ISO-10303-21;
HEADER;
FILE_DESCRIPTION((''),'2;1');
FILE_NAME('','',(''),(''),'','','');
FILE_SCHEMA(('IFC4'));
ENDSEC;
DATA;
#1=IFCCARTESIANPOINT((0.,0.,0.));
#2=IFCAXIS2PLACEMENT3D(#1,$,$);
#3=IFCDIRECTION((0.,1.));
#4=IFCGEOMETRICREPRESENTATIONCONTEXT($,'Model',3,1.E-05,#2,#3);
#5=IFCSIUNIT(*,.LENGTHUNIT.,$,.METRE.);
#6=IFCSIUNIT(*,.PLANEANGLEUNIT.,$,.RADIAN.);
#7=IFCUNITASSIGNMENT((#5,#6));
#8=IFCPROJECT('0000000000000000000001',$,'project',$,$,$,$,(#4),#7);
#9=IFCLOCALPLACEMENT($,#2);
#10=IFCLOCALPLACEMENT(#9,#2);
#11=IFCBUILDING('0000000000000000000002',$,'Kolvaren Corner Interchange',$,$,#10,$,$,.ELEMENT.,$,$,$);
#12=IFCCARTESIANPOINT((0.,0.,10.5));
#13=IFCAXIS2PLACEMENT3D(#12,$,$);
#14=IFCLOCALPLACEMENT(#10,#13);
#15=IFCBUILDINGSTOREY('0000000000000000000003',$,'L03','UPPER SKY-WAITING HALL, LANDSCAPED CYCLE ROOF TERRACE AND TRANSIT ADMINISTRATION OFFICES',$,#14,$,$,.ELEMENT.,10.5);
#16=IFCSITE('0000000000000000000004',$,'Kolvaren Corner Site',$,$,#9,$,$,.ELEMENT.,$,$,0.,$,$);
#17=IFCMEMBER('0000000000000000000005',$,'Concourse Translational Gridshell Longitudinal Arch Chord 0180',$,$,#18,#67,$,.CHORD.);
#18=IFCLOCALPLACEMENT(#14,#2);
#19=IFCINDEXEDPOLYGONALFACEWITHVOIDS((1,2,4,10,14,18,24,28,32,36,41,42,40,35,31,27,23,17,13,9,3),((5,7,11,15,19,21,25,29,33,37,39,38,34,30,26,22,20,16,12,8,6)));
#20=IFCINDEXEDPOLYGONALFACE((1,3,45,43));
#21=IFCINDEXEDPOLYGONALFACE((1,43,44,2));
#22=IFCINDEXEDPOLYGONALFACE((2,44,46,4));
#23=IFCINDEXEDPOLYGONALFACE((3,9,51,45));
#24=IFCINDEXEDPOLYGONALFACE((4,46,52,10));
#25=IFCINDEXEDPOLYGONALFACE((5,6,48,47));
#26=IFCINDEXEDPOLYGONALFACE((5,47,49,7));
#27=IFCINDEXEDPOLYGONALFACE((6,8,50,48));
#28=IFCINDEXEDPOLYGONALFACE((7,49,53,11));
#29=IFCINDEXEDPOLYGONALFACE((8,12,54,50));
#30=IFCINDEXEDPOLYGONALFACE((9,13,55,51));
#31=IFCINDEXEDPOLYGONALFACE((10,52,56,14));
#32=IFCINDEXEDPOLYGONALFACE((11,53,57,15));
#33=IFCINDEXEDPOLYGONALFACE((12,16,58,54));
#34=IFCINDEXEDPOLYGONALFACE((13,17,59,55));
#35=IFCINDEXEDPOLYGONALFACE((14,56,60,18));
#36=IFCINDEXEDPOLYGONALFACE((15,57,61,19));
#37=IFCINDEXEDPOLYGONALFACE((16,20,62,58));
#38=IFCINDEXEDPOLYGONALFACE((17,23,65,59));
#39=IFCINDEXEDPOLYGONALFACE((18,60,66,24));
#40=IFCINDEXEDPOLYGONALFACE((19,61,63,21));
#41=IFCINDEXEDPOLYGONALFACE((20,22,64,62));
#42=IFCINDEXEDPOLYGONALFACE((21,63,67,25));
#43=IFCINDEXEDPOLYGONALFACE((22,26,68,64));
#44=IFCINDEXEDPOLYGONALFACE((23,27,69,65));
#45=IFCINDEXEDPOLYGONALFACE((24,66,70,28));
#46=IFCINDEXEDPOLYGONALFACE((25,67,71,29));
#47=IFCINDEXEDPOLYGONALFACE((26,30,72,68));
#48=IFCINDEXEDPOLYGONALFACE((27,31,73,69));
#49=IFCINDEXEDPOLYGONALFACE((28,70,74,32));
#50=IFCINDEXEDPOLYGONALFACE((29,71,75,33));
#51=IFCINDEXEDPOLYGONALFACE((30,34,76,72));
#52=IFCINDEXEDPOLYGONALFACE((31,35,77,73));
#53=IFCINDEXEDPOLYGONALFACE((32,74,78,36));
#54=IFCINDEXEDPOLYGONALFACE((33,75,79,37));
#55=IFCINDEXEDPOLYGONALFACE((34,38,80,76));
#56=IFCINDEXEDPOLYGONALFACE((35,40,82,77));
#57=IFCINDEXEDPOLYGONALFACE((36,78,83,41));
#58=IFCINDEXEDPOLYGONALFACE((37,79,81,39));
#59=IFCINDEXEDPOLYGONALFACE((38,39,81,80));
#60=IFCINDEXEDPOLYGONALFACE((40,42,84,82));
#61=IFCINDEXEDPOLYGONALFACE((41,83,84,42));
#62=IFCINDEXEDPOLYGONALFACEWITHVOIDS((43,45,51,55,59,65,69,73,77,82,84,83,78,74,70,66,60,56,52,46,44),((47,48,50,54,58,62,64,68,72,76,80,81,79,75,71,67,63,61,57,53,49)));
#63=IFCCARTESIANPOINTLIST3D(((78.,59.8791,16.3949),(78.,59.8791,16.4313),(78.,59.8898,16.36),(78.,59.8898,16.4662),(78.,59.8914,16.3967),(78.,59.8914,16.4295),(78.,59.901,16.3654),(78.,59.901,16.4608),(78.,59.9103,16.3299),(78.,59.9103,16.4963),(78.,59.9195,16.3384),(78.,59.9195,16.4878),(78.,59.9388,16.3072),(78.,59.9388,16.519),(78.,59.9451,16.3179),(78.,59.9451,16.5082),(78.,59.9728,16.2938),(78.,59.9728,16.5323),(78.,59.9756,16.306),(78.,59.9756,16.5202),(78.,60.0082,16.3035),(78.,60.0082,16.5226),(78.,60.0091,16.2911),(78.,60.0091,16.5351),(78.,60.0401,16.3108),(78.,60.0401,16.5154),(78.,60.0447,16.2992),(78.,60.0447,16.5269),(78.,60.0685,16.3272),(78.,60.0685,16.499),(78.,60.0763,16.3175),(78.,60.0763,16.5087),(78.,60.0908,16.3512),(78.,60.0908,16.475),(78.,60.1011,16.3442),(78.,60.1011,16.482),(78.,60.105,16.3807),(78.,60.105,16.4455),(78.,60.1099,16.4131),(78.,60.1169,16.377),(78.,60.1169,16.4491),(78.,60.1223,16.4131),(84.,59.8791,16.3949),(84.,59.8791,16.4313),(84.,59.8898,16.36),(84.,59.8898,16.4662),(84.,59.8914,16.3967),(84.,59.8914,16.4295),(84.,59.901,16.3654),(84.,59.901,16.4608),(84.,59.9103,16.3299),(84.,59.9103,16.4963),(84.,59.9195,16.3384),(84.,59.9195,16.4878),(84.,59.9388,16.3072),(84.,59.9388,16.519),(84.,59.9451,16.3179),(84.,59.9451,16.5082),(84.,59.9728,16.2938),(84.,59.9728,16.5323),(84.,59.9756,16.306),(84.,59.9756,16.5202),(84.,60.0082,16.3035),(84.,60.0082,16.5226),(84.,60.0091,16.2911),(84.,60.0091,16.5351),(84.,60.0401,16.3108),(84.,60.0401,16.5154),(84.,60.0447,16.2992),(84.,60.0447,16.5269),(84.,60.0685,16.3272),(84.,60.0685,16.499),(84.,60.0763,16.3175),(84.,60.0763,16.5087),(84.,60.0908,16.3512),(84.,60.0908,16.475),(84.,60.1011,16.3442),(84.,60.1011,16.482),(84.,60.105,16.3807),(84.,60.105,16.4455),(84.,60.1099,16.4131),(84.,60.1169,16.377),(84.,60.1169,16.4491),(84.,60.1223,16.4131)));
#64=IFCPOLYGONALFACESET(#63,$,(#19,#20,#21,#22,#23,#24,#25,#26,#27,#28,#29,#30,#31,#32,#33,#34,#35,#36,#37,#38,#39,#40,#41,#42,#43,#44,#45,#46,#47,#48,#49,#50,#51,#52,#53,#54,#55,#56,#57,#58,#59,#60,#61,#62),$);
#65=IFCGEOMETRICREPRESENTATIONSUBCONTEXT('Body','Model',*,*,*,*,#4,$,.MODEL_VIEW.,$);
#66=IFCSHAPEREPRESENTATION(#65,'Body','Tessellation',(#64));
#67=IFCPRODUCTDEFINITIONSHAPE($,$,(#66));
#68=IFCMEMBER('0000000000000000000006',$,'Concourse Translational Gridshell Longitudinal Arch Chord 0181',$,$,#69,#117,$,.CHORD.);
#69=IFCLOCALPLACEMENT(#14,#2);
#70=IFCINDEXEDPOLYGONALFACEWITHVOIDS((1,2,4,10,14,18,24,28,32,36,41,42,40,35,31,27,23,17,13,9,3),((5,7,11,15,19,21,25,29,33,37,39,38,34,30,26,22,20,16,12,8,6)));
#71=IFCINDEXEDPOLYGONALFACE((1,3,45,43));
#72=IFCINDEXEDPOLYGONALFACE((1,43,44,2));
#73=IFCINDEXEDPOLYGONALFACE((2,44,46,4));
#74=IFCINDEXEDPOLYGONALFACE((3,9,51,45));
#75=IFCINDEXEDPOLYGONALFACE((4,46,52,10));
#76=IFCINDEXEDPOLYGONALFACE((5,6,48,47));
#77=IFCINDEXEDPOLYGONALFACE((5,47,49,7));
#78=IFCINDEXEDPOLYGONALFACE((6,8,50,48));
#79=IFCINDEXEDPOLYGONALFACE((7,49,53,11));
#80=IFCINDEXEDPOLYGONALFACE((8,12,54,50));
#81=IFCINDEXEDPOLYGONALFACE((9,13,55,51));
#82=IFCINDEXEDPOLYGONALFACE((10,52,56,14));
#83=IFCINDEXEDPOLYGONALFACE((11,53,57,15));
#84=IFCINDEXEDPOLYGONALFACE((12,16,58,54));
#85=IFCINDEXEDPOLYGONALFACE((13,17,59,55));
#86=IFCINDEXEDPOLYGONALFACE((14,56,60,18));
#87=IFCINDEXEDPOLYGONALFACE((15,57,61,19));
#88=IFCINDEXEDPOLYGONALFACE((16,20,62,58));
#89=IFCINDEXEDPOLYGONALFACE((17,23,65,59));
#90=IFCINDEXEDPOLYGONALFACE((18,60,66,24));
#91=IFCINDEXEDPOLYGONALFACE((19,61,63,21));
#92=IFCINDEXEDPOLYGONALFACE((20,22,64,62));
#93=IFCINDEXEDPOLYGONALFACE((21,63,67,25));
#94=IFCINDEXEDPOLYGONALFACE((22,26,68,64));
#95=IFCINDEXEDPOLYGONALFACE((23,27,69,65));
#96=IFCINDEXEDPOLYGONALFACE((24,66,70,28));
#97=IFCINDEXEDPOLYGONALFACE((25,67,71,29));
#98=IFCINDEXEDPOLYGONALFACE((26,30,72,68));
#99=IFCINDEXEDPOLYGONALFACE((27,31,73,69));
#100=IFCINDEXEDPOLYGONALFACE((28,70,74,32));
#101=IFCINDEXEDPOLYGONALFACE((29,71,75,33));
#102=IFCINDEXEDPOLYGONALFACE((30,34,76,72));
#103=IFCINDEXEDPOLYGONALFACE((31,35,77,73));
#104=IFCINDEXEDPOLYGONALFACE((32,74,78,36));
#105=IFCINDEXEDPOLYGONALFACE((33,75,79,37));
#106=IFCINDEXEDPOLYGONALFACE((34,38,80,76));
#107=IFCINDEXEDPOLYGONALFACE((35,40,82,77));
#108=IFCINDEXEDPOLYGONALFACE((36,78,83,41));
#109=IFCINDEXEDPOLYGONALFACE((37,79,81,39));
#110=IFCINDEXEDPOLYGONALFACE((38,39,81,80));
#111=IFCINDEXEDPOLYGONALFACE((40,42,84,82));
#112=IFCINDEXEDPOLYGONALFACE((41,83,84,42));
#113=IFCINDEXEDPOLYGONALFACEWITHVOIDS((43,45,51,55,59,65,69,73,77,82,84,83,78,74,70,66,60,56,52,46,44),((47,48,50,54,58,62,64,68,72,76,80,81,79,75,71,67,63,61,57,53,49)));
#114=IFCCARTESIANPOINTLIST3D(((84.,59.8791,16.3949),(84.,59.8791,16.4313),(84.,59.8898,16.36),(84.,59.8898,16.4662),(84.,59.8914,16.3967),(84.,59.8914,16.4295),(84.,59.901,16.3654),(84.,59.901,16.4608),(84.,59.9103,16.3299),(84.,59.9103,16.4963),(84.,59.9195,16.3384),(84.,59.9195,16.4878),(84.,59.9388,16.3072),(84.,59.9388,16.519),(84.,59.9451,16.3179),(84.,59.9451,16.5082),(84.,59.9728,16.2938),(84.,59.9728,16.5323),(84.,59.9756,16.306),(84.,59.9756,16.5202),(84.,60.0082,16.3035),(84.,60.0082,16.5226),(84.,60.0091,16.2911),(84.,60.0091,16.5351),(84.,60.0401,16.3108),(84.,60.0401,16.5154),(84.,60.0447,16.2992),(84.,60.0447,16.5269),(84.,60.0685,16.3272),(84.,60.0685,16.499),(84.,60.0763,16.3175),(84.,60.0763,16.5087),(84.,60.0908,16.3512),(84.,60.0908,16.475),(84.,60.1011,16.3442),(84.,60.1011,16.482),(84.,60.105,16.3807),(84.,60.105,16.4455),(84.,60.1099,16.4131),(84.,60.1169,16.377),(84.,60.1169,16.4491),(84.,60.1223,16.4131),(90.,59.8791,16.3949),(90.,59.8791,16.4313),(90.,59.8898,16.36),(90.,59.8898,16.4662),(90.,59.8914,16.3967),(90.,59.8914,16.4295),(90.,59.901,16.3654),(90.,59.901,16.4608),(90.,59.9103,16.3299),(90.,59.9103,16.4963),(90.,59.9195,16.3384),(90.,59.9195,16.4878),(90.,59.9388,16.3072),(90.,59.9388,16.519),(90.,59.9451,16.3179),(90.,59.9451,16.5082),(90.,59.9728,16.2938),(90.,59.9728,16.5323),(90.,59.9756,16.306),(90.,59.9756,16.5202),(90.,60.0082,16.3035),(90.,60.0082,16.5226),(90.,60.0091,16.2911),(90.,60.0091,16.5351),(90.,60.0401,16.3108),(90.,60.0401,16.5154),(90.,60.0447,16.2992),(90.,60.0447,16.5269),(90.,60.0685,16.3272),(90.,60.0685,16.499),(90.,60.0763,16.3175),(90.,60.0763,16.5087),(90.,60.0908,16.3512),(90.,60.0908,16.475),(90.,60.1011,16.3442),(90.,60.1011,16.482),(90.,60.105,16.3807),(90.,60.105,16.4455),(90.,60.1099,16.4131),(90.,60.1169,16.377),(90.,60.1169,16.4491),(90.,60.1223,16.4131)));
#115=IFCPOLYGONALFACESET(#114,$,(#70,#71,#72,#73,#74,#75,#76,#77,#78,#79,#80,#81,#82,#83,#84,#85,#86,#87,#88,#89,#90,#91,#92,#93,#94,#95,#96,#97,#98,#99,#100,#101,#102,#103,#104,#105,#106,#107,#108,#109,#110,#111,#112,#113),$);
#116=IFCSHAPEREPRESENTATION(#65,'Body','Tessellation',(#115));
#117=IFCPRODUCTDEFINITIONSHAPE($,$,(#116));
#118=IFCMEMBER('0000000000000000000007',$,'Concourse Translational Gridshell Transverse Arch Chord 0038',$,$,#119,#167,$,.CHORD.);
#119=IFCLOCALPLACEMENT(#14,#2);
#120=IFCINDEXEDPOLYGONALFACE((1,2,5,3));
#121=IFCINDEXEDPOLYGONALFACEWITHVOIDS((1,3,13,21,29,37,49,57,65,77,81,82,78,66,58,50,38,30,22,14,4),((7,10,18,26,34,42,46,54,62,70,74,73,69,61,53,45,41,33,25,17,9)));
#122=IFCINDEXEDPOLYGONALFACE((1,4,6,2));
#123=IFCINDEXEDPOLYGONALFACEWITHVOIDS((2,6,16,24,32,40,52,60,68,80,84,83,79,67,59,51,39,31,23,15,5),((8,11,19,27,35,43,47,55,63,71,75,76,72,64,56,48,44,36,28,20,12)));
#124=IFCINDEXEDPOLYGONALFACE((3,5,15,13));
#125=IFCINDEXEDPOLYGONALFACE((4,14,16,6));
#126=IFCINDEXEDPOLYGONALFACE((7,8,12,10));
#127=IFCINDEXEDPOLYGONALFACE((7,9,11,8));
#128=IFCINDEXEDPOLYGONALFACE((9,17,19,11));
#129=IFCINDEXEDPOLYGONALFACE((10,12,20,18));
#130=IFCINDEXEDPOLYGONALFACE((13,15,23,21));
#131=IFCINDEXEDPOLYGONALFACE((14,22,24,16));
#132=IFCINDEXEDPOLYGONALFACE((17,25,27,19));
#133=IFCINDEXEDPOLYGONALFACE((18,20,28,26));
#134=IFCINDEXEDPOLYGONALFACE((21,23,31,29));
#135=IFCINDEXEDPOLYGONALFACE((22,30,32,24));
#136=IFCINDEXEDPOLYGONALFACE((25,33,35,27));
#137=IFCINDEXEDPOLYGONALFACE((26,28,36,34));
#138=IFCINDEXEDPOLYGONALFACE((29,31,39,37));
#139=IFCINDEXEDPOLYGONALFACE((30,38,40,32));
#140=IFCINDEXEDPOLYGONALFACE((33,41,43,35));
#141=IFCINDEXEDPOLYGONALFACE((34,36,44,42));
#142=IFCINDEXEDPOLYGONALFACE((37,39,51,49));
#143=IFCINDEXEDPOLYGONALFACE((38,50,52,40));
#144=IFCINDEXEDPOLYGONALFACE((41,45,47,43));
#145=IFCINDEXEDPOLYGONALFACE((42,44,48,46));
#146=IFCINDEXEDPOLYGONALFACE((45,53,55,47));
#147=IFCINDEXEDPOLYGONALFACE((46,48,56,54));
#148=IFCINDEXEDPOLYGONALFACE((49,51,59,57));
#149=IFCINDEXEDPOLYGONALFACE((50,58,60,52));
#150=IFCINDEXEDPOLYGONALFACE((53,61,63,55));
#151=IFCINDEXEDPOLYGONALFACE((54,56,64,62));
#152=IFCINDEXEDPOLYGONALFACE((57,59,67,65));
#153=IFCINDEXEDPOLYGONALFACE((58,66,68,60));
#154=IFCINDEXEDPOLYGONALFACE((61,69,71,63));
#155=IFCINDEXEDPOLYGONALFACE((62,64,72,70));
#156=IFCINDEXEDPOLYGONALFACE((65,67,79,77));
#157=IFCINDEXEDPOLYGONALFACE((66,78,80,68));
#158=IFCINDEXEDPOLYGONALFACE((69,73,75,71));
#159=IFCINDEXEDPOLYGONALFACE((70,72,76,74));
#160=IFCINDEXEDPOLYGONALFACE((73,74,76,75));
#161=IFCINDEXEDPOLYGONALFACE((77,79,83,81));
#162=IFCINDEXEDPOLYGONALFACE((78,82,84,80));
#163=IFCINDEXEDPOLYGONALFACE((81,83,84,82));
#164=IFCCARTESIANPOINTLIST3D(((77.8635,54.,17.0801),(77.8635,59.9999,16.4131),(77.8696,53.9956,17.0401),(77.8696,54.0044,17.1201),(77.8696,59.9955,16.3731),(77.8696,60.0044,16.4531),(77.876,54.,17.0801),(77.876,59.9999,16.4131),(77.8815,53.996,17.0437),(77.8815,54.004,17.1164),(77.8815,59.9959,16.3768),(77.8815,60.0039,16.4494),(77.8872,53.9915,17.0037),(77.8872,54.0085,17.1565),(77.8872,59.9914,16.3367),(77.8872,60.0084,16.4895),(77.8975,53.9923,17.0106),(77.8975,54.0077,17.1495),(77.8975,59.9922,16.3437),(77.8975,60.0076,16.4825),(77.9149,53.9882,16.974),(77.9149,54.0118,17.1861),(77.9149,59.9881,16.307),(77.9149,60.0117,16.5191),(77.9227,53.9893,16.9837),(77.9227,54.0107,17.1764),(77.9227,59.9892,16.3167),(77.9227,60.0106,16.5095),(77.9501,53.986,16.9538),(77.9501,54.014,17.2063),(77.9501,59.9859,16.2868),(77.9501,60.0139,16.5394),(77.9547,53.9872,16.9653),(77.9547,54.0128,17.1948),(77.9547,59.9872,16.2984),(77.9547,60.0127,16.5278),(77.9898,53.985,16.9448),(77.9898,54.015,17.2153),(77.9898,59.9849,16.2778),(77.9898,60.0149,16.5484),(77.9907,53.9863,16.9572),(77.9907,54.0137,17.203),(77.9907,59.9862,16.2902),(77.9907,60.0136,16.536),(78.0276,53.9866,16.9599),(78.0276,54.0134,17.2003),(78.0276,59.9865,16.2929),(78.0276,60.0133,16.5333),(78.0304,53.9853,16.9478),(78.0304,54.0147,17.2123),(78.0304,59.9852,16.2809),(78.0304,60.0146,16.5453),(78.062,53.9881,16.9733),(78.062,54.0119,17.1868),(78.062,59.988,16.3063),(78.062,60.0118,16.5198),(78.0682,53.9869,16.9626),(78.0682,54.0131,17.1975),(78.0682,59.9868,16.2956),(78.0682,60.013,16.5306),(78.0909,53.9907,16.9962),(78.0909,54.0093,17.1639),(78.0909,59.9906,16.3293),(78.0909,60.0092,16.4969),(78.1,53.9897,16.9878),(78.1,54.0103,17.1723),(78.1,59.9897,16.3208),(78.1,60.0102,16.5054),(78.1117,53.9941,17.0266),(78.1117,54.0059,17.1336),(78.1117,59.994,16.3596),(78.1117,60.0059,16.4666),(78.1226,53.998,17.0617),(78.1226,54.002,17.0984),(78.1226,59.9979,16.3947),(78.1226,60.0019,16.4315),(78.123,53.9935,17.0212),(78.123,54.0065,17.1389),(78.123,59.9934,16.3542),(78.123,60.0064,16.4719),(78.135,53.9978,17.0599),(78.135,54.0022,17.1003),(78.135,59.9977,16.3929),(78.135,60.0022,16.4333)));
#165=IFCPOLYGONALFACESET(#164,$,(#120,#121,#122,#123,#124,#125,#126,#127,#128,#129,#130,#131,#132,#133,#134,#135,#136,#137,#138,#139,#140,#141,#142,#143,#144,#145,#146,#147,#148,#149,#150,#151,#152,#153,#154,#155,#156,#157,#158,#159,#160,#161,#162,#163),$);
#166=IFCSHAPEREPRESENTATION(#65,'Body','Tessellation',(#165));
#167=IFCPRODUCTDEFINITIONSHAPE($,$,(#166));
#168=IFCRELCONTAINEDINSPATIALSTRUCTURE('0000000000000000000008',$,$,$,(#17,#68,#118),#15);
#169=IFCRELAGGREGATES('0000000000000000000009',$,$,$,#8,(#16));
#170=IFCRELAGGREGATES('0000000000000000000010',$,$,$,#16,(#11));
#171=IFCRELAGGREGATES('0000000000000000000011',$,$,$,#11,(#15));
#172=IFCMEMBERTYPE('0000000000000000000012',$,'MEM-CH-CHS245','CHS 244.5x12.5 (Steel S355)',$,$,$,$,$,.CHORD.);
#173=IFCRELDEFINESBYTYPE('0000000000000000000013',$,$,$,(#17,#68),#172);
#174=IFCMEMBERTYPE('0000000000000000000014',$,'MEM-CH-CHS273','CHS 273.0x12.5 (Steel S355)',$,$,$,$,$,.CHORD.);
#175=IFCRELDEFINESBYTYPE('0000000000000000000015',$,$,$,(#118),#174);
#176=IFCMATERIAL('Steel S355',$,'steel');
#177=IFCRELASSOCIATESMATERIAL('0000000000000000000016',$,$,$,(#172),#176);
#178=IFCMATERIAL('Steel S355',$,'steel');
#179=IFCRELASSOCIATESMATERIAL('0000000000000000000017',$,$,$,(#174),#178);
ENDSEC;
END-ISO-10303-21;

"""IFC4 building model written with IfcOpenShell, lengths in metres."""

from ifc_helpers import new_model, si_unit, direction, frame, origin, origin_2d, place, context, subcontext, project, spatial, hollow_circle, extrude, material, material_profile, profile_set, type_object, element, save


model = new_model("IFC4")

# Units and contexts
model_context = context("Model", 3, precision=1e-05, world=origin(), true_north=direction((0.0, 1.0)))
body_context = subcontext(model_context, "Body", "Model", "MODEL_VIEW")
ifc_project = project(units=[si_unit("LENGTHUNIT", "METRE"), si_unit("PLANEANGLEUNIT", "RADIAN")], contexts=[model_context])

# Site, building, storey
site_placement = place(None, origin())
site = spatial("IfcSite", under=ifc_project, at=site_placement, Name="Kolvaren Corner Site", CompositionType="ELEMENT", RefElevation=0.0)
building_placement = place(site_placement, origin())
building = spatial("IfcBuilding", under=site, at=building_placement, Name="Kolvaren Corner Interchange", CompositionType="ELEMENT")
storey_placement = place(building_placement, frame((0.0, 0.0, 10.5)))
storey = spatial("IfcBuildingStorey", under=building, at=storey_placement, Name="L03", Description="UPPER SKY-WAITING HALL, LANDSCAPED CYCLE ROOF TERRACE AND TRANSIT ADMINISTRATION OFFICES", CompositionType="ELEMENT", Elevation=10.5)

# Members
ifc_material_1 = material(Name="Steel S355", Category="steel")
ifc_material_profile_1 = material_profile(ifc_material_1, hollow_circle(Radius=0.1223, WallThickness=0.0125, at=origin_2d()), Name="CHS 244.5x12.5")
ifc_profile_set_1 = profile_set([ifc_material_profile_1], Name="Steel S355")
member_type_1 = type_object("IfcMemberType", Name="MEM-CH-CHS245", Description="CHS 244.5x12.5 (Steel S355)", PredefinedType="CHORD", material=ifc_profile_set_1)
for number, where, z_axis, x_axis, name in (
    (1, (78.0, 60.0, 16.4131), (1.0, 0.0, 0.0), (0.0, 1.0, 0.0), "Concourse Translational Gridshell Longitudinal Arch Chord 0180"),
    (2, (84.0, 60.0, 16.4131), (1.0, 0.0, 0.0), (0.0, 1.0, 0.0), "Concourse Translational Gridshell Longitudinal Arch Chord 0181"),
):
    element("IfcMember", number, at=place(storey_placement, frame(where, z_axis=z_axis, x_axis=x_axis)), inside=storey, type_object=member_type_1, Name=name, PredefinedType="CHORD", context=body_context, shape_type="SweptSolid", body=[
        extrude(hollow_circle(Radius=0.1223, WallThickness=0.0125, at=origin_2d()), origin(), (0.0, 0.0, 1.0), 6.0),
    ])
ifc_material_2 = material(Name="Steel S355", Category="steel")
ifc_material_profile_2 = material_profile(ifc_material_2, hollow_circle(Radius=0.1365, WallThickness=0.0125, at=origin_2d()), Name="CHS 273.0x12.5")
ifc_profile_set_2 = profile_set([ifc_material_profile_2], Name="Steel S355")
member_type_2 = type_object("IfcMemberType", Name="MEM-CH-CHS273", Description="CHS 273.0x12.5 (Steel S355)", PredefinedType="CHORD", material=ifc_profile_set_2)
member_1_placement = place(storey_placement, frame((78.0, 54.0, 17.0801), z_axis=(0.0, 0.993878, -0.110485), x_axis=(-1.0, 0.0, 0.0)))
element("IfcMember", 3, at=member_1_placement, inside=storey, type_object=member_type_2, Name="Concourse Translational Gridshell Transverse Arch Chord 0038", PredefinedType="CHORD", context=body_context, shape_type="SweptSolid", body=[
    extrude(hollow_circle(Radius=0.1365, WallThickness=0.0125, at=origin_2d()), origin(), (0.0, 0.0, 1.0), 6.0369),
])

save(model, "model.ifc")
